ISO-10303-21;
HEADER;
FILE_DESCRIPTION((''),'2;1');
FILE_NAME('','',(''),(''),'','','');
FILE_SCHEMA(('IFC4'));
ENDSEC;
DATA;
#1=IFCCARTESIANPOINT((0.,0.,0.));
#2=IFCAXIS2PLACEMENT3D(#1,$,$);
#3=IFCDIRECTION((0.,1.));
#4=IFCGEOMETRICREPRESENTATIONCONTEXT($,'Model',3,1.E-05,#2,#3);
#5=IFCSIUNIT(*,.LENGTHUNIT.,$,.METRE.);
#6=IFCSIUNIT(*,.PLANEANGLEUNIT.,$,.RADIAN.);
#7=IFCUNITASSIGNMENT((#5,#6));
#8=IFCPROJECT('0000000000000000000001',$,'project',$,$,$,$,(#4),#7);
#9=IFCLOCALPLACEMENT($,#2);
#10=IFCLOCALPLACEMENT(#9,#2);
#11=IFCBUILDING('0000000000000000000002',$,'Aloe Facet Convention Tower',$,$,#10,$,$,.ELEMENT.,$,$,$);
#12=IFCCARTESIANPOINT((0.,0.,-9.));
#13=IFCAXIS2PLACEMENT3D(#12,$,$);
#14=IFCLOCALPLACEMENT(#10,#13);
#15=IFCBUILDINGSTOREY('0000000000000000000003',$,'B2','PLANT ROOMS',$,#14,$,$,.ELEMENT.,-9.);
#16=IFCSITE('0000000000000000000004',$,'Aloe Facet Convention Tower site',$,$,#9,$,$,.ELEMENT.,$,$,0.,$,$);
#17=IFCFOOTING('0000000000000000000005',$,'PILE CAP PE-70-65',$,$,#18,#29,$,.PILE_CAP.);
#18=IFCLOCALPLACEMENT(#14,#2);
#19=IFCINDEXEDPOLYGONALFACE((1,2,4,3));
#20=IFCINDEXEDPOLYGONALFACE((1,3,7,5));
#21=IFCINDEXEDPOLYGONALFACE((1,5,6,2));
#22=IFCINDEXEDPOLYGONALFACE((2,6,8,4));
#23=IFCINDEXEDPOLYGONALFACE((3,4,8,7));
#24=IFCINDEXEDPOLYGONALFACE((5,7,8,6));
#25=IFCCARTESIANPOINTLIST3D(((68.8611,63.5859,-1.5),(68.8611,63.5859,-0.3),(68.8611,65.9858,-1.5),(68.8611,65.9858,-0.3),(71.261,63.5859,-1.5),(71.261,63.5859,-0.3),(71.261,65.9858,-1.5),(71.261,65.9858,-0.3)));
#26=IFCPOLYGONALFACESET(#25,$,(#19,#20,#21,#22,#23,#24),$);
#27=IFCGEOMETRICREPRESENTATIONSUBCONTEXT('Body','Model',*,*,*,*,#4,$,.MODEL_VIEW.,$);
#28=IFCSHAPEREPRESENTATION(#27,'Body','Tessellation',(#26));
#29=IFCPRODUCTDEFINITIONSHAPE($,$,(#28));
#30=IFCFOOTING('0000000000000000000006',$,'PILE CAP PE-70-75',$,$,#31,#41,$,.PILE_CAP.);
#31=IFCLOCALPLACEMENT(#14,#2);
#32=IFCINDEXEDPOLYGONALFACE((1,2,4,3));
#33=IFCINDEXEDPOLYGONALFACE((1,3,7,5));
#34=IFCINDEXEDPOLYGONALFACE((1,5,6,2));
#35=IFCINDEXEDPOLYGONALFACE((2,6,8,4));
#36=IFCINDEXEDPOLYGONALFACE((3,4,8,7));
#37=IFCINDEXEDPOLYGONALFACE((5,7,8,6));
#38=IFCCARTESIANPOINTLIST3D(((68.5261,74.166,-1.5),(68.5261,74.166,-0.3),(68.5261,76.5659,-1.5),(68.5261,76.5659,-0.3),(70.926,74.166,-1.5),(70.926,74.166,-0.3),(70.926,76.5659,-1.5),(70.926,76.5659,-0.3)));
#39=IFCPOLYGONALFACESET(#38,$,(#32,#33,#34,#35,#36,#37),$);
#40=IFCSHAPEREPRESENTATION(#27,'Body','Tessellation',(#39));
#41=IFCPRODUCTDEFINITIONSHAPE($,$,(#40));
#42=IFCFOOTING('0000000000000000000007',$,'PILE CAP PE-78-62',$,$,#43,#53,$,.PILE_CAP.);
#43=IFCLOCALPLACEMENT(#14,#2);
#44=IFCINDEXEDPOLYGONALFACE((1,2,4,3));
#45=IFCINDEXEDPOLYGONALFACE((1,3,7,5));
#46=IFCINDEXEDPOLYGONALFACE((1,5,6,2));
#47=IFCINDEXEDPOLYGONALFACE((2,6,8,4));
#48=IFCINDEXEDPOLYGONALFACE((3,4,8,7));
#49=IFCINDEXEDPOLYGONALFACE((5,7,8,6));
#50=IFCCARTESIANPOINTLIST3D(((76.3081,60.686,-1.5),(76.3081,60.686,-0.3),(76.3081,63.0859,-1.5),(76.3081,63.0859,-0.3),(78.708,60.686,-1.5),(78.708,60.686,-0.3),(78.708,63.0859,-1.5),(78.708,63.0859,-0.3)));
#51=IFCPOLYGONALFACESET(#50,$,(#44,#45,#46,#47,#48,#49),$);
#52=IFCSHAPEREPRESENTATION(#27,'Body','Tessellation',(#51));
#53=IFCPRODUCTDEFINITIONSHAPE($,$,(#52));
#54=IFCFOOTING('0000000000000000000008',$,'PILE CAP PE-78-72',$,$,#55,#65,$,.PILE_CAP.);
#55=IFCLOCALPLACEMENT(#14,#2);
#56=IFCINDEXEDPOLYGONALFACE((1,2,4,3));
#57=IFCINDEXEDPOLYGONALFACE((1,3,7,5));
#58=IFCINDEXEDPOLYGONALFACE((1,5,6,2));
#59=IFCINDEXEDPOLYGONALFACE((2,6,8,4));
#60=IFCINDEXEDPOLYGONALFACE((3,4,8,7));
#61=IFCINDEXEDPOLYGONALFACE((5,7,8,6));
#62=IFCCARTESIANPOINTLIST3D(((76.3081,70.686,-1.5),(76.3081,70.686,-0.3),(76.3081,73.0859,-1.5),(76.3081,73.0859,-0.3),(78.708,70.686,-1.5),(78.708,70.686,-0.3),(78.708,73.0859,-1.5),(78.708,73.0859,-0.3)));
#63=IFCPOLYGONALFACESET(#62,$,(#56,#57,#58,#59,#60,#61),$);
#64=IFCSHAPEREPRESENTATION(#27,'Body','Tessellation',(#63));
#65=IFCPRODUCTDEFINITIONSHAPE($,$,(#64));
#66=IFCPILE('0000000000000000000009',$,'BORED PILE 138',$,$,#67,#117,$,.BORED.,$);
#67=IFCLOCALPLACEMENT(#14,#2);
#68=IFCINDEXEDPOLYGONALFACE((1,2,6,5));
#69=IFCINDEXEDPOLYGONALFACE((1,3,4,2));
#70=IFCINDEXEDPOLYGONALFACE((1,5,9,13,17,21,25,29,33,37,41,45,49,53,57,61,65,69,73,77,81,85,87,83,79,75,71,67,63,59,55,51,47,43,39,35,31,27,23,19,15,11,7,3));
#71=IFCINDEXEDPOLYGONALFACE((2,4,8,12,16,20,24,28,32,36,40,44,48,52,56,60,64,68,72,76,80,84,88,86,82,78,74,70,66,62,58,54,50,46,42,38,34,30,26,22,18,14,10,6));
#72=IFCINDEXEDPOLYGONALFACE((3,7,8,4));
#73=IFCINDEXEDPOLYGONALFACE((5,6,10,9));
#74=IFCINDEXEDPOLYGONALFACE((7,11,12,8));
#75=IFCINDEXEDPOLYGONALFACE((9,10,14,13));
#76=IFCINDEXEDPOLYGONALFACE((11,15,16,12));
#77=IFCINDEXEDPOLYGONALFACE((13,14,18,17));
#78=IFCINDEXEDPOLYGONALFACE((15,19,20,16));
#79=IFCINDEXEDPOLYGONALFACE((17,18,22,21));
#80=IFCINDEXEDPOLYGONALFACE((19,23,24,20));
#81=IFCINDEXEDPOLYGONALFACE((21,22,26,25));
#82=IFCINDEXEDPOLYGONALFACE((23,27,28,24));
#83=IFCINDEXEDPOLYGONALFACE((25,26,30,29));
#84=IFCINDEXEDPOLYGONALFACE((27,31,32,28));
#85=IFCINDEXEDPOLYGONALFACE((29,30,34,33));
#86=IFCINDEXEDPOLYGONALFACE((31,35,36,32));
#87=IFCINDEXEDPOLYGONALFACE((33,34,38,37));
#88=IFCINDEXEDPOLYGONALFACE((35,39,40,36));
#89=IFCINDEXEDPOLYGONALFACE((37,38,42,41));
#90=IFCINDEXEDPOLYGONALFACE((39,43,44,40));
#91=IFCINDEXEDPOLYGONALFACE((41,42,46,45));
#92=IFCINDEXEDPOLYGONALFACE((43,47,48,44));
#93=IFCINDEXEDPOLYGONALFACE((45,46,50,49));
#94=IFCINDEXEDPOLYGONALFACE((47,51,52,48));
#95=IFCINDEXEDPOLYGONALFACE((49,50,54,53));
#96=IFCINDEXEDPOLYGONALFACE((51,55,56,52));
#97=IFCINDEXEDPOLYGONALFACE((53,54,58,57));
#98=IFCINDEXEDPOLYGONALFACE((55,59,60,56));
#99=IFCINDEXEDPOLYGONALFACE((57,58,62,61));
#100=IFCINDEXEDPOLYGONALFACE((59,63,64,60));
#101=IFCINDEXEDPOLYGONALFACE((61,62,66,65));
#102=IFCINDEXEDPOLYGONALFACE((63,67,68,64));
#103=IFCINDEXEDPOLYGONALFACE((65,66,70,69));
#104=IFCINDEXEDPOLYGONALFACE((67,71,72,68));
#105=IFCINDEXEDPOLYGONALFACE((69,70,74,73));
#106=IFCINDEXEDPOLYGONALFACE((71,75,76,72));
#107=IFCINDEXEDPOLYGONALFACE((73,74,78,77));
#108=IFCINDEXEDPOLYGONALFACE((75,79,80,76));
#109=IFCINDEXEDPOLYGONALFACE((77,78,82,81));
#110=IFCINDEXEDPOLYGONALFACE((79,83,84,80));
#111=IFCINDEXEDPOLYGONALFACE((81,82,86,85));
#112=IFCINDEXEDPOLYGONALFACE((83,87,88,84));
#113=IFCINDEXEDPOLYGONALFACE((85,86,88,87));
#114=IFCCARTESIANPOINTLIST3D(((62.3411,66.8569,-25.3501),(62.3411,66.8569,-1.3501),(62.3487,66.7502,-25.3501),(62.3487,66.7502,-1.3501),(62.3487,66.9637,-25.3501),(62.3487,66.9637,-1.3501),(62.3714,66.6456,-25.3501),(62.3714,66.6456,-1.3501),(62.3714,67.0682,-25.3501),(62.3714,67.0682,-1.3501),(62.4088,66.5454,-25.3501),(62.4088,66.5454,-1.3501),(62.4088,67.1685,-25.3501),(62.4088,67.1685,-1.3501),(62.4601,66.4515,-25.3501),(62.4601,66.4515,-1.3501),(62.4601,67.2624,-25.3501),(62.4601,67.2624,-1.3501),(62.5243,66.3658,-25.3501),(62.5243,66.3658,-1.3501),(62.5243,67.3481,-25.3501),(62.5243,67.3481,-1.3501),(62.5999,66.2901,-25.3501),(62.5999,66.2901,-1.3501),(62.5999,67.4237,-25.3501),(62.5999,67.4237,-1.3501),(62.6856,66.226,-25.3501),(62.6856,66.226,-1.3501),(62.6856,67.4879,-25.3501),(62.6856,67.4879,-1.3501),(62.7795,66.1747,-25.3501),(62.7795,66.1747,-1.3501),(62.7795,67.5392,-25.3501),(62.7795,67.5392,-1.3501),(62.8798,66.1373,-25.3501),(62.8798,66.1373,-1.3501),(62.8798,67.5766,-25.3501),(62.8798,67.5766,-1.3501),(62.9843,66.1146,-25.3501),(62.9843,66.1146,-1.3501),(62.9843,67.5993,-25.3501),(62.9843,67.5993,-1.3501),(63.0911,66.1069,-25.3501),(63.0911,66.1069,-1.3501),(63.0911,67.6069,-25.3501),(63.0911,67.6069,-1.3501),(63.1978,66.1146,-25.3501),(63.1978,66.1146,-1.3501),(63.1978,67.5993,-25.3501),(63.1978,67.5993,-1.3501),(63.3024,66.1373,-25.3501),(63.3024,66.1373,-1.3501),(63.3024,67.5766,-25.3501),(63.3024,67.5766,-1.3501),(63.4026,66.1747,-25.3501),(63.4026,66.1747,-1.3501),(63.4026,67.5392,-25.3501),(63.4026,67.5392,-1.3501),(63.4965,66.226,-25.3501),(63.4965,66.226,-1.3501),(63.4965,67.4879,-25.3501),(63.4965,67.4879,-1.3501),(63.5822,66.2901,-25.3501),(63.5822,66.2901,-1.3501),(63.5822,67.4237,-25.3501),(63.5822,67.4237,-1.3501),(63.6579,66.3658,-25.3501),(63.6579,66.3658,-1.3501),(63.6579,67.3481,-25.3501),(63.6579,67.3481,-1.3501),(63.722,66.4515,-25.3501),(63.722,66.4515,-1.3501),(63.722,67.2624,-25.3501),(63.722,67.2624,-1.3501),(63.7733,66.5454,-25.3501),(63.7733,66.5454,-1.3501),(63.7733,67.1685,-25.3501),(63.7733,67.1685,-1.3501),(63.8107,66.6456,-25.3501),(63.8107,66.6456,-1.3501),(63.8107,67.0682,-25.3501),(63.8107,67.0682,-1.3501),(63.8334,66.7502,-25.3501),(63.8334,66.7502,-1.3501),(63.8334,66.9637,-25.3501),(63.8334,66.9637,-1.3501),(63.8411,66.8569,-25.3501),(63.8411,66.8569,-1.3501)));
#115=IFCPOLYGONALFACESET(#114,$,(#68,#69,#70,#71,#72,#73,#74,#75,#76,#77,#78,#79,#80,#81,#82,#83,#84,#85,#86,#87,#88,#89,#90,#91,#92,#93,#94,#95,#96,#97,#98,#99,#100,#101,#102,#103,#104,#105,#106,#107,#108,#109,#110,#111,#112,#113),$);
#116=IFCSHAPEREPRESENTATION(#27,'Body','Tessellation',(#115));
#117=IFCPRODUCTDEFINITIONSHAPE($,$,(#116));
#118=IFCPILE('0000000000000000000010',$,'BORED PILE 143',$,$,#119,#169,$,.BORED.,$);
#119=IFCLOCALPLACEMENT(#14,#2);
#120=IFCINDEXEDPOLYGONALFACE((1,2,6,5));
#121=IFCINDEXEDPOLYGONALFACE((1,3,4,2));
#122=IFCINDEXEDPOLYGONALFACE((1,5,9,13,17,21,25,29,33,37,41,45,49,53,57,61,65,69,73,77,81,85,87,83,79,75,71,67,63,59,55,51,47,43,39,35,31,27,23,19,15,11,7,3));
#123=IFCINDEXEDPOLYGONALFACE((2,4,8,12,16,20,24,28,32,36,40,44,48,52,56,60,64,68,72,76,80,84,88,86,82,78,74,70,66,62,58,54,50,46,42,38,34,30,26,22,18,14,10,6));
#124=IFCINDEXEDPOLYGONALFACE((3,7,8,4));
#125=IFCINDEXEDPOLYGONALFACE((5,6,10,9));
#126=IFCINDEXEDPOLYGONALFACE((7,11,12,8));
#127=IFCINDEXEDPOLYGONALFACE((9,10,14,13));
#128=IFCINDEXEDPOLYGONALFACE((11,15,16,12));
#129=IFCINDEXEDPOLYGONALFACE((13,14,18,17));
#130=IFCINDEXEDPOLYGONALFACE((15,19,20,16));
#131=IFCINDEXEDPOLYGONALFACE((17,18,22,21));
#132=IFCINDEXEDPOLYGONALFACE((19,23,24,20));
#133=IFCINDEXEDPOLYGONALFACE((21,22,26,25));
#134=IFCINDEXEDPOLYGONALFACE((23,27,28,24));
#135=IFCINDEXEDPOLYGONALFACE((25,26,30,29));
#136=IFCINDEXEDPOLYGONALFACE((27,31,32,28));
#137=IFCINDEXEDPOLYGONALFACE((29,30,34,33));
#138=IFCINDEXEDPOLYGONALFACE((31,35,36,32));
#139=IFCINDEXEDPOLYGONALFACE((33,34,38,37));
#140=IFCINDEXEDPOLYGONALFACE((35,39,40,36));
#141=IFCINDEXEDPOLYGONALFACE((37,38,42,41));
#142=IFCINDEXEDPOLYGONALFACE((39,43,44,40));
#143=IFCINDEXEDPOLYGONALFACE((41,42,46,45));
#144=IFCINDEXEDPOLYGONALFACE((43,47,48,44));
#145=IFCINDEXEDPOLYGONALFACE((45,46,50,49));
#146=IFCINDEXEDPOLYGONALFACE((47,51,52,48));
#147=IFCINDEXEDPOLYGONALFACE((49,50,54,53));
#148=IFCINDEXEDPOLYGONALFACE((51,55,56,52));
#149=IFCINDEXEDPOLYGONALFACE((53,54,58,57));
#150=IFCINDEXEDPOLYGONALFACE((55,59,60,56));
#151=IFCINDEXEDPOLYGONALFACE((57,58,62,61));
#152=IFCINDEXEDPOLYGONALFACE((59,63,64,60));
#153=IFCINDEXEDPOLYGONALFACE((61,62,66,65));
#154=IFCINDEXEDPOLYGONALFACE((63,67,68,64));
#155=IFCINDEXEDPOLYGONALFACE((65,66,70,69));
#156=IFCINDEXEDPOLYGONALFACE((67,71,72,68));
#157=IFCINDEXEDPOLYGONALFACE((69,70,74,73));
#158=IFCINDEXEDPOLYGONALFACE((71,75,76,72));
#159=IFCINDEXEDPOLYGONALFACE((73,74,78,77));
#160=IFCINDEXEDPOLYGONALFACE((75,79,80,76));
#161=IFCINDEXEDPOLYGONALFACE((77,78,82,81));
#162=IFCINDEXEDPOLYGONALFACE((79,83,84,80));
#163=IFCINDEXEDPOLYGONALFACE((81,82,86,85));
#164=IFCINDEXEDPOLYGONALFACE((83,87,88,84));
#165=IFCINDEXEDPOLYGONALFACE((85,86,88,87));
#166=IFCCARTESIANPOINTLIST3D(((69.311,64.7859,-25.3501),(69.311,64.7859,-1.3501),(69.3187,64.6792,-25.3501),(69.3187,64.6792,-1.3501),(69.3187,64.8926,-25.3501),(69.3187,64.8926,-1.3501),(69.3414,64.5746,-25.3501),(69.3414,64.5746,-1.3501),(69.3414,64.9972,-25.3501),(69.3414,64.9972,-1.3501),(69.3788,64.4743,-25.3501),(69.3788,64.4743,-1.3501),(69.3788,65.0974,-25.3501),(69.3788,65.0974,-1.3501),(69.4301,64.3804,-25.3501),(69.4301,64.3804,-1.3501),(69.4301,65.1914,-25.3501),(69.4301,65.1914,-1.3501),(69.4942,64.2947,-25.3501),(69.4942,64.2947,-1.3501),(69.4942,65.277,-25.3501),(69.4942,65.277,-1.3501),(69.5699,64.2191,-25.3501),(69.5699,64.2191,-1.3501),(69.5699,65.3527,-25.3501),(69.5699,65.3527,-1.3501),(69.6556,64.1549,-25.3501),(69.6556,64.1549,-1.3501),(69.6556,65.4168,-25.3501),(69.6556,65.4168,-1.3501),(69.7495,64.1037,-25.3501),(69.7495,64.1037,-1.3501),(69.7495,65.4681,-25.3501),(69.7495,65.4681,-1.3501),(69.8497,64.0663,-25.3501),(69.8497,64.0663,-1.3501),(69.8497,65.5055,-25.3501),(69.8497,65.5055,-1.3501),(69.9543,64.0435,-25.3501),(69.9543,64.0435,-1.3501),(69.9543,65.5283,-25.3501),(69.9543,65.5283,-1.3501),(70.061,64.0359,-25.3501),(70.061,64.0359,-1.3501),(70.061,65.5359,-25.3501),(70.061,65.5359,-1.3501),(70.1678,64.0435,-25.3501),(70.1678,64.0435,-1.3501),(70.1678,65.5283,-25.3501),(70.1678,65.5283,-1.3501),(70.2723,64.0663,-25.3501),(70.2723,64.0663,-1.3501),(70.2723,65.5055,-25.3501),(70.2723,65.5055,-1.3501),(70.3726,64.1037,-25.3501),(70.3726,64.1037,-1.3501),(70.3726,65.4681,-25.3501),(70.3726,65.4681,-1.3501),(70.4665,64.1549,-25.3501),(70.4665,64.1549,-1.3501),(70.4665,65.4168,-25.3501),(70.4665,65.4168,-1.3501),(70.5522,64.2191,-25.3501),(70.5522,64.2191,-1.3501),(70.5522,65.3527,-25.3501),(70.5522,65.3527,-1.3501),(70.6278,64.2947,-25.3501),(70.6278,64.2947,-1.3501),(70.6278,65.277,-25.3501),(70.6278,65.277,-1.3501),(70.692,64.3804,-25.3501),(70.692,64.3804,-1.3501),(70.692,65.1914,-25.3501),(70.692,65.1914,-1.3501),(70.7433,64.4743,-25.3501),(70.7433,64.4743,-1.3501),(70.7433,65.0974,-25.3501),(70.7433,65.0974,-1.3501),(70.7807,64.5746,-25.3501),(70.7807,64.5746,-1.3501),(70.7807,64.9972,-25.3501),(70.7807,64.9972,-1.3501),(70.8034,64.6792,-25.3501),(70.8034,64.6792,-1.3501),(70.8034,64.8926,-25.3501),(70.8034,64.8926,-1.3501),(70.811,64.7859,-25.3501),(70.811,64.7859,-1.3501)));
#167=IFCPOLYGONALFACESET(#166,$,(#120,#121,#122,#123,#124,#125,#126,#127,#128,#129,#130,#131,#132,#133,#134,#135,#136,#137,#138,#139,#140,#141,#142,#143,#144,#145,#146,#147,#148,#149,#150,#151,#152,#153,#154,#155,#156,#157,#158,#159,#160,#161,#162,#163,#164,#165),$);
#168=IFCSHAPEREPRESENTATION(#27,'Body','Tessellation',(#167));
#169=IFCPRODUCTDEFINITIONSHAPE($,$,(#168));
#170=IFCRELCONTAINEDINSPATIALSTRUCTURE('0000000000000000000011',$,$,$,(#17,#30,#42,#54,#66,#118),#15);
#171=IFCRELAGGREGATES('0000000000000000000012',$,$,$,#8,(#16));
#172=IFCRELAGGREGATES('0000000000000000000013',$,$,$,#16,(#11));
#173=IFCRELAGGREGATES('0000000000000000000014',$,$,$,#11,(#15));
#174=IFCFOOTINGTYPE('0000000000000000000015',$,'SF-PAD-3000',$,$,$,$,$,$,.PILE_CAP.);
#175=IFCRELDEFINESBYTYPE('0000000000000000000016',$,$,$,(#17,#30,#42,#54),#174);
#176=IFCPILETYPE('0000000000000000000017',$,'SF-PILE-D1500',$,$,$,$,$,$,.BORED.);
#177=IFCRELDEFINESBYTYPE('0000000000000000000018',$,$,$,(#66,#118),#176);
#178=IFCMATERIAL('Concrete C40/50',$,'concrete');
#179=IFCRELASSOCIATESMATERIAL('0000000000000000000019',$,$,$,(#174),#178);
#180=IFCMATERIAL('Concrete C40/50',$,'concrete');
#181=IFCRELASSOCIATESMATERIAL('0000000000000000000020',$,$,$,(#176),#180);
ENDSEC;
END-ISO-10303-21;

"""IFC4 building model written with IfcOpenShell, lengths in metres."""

from ifc_helpers import new_model, si_unit, direction, frame, origin, origin_2d, place, context, subcontext, project, spatial, rectangle, circle, extrude, material, material_profile, profile_set, type_object, element, save


model = new_model("IFC4")

# Units and contexts
model_context = context("Model", 3, precision=1e-05, world=origin(), true_north=direction((0.0, 1.0)))
body_context = subcontext(model_context, "Body", "Model", "MODEL_VIEW")
ifc_project = project(units=[si_unit("LENGTHUNIT", "METRE"), si_unit("PLANEANGLEUNIT", "RADIAN")], contexts=[model_context])

# Site, building, storey
site_placement = place(None, origin())
site = spatial("IfcSite", under=ifc_project, at=site_placement, Name="Aloe Facet Convention Tower site", CompositionType="ELEMENT", RefElevation=0.0)
building_placement = place(site_placement, origin())
building = spatial("IfcBuilding", under=site, at=building_placement, Name="Aloe Facet Convention Tower", CompositionType="ELEMENT")
storey_placement = place(building_placement, frame((0.0, 0.0, -9.0)))
storey = spatial("IfcBuildingStorey", under=building, at=storey_placement, Name="B2", Description="PLANT ROOMS", CompositionType="ELEMENT", Elevation=-9.0)

# Footings
ifc_material_1 = material(Name="Concrete C40/50", Category="concrete")
footing_type = type_object("IfcFootingType", Name="SF-PAD-3000", PredefinedType="PILE_CAP", material=ifc_material_1)
for number, where, z_axis, x_axis, name in (
    (1, (70.061, 64.7859, -1.5), (0.0, 0.0, 1.0), (1.0, 0.0, 0.0), "PILE CAP PE-70-65"),
    (2, (69.7261, 75.366, -1.5), (0.0, 0.0, 1.0), (1.0, 0.0, 0.0), "PILE CAP PE-70-75"),
    (3, (77.5081, 61.886, -1.5), (0.0, 0.0, 1.0), (1.0, 0.0, 0.0), "PILE CAP PE-78-62"),
    (4, (77.5081, 71.886, -1.5), (0.0, 0.0, 1.0), (1.0, 0.0, 0.0), "PILE CAP PE-78-72"),
):
    element("IfcFooting", number, at=place(storey_placement, frame(where, z_axis=z_axis, x_axis=x_axis)), inside=storey, type_object=footing_type, Name=name, PredefinedType="PILE_CAP", context=body_context, shape_type="SweptSolid", body=[
        extrude(rectangle(XDim=2.3999, YDim=2.3999, at=origin_2d()), origin(), (0.0, 0.0, 1.0), 1.2),
    ])

# Piles
ifc_material_2 = material(Name="Concrete C40/50", Category="concrete")
ifc_material_profile_1 = material_profile(ifc_material_2, circle(Radius=0.75, at=origin_2d()), Name="D1500")
ifc_profile_set_1 = profile_set([ifc_material_profile_1], Name="Concrete C40/50")
pile_type = type_object("IfcPileType", Name="SF-PILE-D1500", PredefinedType="BORED", material=ifc_profile_set_1)
for number, where, z_axis, x_axis, name in (
    (5, (63.0911, 66.8569, -1.3501), (0.0, 0.0, -1.0), (1.0, 0.0, 0.0), "BORED PILE 138"),
    (6, (70.061, 64.7859, -1.3501), (0.0, 0.0, -1.0), (1.0, 0.0, 0.0), "BORED PILE 143"),
):
    element("IfcPile", number, at=place(storey_placement, frame(where, z_axis=z_axis, x_axis=x_axis)), inside=storey, type_object=pile_type, Name=name, PredefinedType="BORED", context=body_context, shape_type="SweptSolid", body=[
        extrude(circle(Radius=0.75, at=origin_2d()), origin(), (0.0, 0.0, 1.0), 24.0),
    ])

save(model, "model.ifc")
